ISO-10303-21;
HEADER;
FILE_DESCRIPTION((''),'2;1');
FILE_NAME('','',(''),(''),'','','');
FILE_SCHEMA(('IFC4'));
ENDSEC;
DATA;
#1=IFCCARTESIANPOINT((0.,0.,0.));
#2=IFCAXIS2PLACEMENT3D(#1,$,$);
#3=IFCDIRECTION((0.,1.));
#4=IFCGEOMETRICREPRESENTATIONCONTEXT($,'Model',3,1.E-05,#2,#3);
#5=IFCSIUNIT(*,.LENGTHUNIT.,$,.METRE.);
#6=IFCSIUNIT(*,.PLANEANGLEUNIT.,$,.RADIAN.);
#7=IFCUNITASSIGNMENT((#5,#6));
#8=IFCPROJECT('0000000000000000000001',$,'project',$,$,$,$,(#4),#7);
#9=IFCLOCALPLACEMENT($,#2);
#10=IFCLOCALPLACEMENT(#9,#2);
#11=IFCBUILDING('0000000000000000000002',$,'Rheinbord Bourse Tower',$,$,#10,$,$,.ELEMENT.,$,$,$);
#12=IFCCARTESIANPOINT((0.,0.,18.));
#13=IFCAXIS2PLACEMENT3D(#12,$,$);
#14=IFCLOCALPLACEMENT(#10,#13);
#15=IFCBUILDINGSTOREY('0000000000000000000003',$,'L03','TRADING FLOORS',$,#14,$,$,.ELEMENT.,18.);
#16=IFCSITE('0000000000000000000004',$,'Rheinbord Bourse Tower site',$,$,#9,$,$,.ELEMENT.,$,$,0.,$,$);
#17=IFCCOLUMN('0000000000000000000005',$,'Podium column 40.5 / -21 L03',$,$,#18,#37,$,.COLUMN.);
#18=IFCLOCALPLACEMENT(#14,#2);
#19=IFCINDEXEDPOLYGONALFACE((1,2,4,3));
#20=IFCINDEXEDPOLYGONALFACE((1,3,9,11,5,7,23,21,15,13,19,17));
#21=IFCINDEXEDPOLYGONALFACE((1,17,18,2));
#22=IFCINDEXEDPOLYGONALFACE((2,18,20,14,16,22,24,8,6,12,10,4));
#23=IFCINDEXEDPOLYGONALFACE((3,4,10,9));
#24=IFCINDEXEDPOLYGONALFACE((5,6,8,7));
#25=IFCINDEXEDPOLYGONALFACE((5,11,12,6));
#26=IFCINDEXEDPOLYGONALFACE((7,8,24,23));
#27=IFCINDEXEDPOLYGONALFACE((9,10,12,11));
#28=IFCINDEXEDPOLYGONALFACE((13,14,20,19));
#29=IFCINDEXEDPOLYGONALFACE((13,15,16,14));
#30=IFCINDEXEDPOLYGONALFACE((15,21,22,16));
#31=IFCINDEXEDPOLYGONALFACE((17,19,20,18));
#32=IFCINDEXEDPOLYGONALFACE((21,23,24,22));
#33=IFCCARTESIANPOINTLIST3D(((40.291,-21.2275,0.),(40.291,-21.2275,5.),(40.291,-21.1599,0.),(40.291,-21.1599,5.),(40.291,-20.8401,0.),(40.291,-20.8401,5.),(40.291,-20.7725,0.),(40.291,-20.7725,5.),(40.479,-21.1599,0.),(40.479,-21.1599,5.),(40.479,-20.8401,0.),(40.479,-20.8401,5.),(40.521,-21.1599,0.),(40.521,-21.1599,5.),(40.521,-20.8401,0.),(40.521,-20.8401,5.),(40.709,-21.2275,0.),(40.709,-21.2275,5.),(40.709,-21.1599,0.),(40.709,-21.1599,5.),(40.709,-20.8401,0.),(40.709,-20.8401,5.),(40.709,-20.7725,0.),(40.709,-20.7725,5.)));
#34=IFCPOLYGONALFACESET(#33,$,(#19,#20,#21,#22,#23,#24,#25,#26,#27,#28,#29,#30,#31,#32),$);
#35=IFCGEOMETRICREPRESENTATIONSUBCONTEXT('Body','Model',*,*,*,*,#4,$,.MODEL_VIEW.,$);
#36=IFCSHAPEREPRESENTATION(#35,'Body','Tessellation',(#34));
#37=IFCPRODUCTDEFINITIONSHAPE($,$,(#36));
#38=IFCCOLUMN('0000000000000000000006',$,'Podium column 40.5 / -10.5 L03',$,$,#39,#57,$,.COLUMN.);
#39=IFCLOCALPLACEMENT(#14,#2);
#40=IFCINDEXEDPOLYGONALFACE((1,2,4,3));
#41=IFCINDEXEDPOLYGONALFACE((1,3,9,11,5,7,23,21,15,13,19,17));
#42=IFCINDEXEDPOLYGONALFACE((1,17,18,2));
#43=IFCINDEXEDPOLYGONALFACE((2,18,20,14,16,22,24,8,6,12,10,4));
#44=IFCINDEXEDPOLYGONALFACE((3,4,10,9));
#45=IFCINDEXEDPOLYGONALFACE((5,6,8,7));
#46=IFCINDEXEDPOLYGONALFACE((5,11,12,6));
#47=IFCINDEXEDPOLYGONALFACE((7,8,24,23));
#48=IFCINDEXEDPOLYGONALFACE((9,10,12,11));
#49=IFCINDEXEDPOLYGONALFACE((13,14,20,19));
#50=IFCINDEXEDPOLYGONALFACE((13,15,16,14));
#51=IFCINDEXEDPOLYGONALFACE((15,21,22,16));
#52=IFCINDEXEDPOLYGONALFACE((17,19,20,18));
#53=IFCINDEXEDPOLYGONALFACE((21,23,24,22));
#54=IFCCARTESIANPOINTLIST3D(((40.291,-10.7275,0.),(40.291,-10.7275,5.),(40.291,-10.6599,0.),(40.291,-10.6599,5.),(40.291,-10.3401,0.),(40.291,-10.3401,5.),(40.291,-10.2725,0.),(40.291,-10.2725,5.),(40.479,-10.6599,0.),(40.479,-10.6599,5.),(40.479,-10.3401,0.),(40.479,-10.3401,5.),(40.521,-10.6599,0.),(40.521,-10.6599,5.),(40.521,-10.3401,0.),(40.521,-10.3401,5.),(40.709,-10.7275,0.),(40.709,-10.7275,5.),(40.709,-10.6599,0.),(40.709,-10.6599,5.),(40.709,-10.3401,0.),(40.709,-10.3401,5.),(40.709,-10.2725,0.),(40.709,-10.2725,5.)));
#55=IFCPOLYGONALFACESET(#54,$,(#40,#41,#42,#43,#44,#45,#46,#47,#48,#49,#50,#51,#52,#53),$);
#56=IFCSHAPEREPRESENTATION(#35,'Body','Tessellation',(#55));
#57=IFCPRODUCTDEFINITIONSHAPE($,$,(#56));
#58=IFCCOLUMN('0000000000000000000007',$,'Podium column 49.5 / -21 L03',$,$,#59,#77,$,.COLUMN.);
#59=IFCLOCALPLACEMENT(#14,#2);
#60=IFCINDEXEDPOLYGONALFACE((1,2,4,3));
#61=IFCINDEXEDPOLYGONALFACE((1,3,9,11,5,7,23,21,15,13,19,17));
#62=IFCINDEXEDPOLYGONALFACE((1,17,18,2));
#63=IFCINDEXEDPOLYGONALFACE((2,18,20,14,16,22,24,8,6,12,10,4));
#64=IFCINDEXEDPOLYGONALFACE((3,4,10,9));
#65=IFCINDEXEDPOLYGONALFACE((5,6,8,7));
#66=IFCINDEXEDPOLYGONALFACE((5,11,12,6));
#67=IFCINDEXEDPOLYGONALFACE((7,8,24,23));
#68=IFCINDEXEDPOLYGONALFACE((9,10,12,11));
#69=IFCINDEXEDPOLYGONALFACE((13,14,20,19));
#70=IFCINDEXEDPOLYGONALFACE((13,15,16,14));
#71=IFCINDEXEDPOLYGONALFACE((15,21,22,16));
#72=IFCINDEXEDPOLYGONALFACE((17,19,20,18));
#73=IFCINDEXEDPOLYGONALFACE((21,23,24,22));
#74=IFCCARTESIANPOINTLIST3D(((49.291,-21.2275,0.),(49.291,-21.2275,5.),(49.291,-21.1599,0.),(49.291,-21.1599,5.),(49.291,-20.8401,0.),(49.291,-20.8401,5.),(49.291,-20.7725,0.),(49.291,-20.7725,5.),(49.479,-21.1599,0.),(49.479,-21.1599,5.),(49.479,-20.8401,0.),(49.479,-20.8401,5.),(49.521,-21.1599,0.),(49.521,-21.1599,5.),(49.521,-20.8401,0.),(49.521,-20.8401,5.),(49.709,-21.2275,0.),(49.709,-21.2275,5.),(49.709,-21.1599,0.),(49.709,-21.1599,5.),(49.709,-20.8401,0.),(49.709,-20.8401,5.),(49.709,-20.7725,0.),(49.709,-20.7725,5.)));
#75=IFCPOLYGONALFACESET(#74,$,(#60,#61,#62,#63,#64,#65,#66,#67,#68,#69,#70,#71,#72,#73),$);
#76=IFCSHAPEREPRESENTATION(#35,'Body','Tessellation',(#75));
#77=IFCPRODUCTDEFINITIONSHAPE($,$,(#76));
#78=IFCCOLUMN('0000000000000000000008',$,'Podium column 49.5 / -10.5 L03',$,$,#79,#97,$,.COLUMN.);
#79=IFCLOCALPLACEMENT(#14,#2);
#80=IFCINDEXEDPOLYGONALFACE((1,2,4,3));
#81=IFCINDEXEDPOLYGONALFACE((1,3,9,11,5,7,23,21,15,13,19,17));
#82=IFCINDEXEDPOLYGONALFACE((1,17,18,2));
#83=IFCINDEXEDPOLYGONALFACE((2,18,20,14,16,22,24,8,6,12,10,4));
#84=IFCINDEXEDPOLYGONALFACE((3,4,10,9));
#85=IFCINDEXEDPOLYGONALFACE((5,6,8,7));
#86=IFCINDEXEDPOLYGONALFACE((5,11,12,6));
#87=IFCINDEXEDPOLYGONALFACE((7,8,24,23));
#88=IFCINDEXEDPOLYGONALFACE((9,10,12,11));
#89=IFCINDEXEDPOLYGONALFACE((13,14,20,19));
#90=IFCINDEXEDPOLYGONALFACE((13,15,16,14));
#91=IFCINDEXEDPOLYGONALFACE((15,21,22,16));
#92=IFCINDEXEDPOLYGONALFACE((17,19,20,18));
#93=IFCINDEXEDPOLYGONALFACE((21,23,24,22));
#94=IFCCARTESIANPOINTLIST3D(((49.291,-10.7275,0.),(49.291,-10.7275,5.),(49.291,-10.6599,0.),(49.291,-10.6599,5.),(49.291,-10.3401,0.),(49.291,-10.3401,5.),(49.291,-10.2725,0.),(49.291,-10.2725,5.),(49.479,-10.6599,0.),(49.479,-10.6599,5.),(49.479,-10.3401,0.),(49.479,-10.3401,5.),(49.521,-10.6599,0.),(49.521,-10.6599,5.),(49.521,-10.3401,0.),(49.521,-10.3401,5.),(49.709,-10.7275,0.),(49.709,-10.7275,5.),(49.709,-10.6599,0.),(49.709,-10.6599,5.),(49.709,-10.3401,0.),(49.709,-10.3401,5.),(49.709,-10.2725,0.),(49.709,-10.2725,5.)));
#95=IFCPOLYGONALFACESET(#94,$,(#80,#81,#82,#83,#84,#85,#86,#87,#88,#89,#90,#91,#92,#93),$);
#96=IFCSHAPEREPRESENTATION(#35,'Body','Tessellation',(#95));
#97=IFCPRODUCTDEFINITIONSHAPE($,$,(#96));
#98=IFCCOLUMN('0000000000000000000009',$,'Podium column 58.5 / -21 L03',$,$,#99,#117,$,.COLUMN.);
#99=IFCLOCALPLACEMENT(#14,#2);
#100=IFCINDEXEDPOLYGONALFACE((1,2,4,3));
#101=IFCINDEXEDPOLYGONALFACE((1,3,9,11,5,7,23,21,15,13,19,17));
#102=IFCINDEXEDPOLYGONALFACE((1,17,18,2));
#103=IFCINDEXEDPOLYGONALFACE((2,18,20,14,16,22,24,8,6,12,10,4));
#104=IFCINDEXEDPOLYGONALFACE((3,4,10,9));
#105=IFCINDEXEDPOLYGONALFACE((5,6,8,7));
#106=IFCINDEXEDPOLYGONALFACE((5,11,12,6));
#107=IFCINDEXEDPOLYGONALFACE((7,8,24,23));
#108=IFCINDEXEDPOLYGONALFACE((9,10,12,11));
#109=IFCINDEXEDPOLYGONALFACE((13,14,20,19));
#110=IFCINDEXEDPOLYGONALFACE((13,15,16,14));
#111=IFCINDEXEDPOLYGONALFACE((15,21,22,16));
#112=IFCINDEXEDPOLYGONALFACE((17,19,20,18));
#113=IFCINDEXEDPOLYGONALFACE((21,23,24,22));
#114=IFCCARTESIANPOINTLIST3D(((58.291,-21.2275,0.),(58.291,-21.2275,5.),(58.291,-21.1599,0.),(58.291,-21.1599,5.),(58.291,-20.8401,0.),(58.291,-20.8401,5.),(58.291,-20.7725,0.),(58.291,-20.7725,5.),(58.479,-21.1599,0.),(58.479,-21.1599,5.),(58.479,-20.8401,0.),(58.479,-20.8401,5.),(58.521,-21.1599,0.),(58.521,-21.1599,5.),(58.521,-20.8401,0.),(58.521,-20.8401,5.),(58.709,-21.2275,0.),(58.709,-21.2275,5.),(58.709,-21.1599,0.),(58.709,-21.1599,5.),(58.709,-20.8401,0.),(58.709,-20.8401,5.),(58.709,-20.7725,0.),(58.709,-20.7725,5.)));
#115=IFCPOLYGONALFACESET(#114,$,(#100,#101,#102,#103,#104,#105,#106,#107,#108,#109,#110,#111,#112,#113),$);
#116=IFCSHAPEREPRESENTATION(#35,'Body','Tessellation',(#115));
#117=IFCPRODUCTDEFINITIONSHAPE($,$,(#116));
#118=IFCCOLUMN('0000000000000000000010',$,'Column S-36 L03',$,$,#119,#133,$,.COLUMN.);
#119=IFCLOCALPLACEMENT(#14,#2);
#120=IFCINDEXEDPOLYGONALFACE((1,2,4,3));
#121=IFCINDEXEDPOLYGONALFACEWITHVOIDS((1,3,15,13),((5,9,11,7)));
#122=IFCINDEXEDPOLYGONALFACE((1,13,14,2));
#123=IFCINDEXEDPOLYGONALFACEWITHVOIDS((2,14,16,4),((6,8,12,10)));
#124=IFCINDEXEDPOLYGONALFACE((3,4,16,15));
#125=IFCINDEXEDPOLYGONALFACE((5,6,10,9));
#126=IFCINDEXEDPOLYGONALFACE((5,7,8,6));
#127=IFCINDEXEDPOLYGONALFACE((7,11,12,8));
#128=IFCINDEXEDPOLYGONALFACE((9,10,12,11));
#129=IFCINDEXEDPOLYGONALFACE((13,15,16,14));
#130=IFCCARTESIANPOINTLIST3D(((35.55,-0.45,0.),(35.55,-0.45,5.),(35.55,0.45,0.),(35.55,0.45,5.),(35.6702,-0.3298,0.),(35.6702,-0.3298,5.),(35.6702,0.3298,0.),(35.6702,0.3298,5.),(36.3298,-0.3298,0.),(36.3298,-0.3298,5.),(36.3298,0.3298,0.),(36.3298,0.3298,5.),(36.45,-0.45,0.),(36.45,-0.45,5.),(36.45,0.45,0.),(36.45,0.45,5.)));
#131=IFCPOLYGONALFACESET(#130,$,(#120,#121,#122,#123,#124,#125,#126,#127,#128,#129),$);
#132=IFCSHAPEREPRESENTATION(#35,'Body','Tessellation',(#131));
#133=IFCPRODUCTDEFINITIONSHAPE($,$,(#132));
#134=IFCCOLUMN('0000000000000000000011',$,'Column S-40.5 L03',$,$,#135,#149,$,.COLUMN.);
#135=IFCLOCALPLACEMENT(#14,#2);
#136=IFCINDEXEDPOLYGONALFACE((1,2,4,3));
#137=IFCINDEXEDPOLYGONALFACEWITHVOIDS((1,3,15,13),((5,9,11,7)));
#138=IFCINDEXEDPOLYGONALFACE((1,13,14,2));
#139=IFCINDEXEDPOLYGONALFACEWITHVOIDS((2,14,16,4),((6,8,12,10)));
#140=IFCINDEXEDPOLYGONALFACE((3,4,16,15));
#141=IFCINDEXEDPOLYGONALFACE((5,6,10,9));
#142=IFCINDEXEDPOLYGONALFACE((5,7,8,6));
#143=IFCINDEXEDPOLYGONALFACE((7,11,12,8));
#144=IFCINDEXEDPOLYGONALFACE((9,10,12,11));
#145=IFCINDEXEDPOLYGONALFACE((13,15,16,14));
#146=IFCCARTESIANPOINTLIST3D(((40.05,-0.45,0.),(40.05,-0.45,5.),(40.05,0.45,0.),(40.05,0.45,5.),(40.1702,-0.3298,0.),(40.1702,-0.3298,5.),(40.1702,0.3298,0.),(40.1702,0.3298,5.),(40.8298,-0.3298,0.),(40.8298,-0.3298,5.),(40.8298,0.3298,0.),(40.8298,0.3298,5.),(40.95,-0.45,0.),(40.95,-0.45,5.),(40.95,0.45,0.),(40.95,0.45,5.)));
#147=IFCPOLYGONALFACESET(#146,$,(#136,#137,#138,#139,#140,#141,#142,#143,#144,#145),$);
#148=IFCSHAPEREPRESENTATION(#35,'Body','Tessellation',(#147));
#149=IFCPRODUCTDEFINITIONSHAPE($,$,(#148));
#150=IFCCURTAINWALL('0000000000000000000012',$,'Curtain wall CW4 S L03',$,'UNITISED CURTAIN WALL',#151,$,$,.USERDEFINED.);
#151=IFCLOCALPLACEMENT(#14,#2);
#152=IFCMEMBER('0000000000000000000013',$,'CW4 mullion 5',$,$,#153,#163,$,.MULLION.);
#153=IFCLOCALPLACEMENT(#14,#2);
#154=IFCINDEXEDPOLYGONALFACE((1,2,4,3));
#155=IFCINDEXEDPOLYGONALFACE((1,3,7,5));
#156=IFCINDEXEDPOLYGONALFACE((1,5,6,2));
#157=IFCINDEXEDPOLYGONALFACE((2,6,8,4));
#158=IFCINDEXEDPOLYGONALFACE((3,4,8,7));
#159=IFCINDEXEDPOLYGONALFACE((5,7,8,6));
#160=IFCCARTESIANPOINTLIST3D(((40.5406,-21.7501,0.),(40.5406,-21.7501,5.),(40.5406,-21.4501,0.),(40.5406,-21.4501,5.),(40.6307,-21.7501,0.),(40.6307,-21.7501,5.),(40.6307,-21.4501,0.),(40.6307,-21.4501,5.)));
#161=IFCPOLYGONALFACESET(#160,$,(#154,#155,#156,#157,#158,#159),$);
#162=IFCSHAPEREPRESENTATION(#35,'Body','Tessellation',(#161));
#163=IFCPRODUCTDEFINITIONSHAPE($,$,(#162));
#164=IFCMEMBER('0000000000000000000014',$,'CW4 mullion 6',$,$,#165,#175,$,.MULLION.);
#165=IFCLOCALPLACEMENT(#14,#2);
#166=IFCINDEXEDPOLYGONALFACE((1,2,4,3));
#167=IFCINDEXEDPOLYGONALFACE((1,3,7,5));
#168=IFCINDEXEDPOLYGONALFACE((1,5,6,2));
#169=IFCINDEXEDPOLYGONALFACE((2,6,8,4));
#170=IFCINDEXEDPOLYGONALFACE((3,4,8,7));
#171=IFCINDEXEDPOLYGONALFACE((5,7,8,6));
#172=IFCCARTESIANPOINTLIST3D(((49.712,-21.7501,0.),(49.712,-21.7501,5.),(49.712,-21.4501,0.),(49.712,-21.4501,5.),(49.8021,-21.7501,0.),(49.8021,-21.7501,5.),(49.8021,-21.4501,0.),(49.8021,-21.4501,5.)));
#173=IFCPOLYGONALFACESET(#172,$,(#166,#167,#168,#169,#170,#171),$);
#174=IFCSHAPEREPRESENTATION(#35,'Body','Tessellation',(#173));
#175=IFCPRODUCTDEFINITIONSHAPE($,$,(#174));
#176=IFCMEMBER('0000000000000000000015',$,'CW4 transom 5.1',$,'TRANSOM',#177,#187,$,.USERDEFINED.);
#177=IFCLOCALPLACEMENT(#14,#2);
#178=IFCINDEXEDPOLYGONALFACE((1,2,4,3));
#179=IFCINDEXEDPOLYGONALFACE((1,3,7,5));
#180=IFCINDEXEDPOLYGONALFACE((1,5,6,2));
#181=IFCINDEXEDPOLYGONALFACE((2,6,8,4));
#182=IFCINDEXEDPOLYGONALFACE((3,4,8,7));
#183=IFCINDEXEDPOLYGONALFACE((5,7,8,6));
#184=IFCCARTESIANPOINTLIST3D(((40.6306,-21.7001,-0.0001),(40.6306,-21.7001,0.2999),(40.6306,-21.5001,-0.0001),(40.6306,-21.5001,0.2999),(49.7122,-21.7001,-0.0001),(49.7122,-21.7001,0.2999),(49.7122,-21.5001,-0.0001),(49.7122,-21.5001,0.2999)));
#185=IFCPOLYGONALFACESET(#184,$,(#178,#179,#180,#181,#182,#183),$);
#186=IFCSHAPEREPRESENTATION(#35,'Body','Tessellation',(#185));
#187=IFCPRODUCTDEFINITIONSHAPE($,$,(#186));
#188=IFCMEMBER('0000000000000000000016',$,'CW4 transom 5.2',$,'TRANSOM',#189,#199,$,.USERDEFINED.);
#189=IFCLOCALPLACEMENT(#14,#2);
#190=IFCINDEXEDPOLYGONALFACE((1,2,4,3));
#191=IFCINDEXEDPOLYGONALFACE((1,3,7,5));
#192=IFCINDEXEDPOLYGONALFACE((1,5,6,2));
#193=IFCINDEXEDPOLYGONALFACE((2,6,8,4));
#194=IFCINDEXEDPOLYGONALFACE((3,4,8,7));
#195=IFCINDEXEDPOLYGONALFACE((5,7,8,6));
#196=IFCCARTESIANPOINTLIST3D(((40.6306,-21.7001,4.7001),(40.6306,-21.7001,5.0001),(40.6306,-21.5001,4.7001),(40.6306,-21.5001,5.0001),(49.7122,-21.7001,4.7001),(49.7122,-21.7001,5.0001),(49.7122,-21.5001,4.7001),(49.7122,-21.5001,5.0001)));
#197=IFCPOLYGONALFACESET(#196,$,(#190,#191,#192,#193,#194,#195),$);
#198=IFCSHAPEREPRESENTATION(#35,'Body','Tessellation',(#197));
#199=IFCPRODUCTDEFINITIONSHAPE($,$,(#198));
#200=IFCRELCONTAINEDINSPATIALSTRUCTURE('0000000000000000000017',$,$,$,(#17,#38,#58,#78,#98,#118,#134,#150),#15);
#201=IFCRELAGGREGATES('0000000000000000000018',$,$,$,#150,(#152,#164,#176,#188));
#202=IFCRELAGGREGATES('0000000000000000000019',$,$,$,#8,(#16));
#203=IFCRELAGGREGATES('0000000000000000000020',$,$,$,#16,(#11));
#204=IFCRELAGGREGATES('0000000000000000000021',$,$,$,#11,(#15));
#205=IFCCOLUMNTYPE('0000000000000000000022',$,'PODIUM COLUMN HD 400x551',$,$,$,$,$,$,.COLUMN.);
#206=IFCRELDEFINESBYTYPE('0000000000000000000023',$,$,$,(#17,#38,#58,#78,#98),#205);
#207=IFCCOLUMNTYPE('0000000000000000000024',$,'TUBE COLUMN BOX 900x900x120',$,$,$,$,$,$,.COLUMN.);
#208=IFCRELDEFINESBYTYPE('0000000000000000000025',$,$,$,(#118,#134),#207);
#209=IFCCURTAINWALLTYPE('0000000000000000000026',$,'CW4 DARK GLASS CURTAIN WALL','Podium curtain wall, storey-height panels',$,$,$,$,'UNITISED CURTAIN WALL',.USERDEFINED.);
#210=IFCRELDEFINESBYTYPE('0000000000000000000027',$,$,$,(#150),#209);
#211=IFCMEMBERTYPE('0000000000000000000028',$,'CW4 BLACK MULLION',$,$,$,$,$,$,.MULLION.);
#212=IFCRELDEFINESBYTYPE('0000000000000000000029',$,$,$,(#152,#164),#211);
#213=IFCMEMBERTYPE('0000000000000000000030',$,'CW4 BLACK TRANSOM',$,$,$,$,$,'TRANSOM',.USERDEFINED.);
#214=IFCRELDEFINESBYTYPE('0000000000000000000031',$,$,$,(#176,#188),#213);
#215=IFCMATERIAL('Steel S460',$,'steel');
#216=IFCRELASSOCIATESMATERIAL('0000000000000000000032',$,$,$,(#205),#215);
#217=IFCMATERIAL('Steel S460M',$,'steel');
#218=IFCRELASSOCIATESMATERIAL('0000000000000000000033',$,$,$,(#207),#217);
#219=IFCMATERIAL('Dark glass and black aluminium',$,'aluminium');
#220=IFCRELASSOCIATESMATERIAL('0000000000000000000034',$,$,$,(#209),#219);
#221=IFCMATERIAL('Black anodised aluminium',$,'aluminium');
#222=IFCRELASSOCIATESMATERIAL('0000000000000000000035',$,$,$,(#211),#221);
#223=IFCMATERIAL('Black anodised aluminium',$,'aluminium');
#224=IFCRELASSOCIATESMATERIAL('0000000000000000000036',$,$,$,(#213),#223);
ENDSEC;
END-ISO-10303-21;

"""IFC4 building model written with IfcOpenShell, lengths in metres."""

from ifc_helpers import new_model, si_unit, direction, frame, origin, origin_2d, place, context, subcontext, project, spatial, rectangle, hollow_rectangle, i_section, extrude, material, material_profile, profile_set, type_object, element, aggregate, save


model = new_model("IFC4")

# Units and contexts
model_context = context("Model", 3, precision=1e-05, world=origin(), true_north=direction((0.0, 1.0)))
body_context = subcontext(model_context, "Body", "Model", "MODEL_VIEW")
ifc_project = project(units=[si_unit("LENGTHUNIT", "METRE"), si_unit("PLANEANGLEUNIT", "RADIAN")], contexts=[model_context])

# Site, building, storey
site_placement = place(None, origin())
site = spatial("IfcSite", under=ifc_project, at=site_placement, Name="Rheinbord Bourse Tower site", CompositionType="ELEMENT", RefElevation=0.0)
building_placement = place(site_placement, origin())
building = spatial("IfcBuilding", under=site, at=building_placement, Name="Rheinbord Bourse Tower", CompositionType="ELEMENT")
storey_placement = place(building_placement, frame((0.0, 0.0, 18.0)))
storey = spatial("IfcBuildingStorey", under=building, at=storey_placement, Name="L03", Description="TRADING FLOORS", CompositionType="ELEMENT", Elevation=18.0)

# Columns
ifc_material_1 = material(Name="Steel S460", Category="steel")
ifc_material_profile_1 = material_profile(ifc_material_1, i_section(OverallWidth=0.418, OverallDepth=0.4551, WebThickness=0.042, FlangeThickness=0.0676, at=origin_2d()), Name="HD 400x551")
ifc_profile_set_1 = profile_set([ifc_material_profile_1], Name="Steel S460")
column_type_1 = type_object("IfcColumnType", Name="PODIUM COLUMN HD 400x551", PredefinedType="COLUMN", material=ifc_profile_set_1)
for number, where, z_axis, x_axis, name in (
    (1, (40.5, -21.0, 0.0), (0.0, 0.0, 1.0), (1.0, 0.0, 0.0), "Podium column 40.5 / -21 L03"),
    (2, (40.5, -10.5, 0.0), (0.0, 0.0, 1.0), (1.0, 0.0, 0.0), "Podium column 40.5 / -10.5 L03"),
    (3, (49.5, -21.0, 0.0), (0.0, 0.0, 1.0), (1.0, 0.0, 0.0), "Podium column 49.5 / -21 L03"),
    (4, (49.5, -10.5, 0.0), (0.0, 0.0, 1.0), (1.0, 0.0, 0.0), "Podium column 49.5 / -10.5 L03"),
    (5, (58.5, -21.0, 0.0), (0.0, 0.0, 1.0), (1.0, 0.0, 0.0), "Podium column 58.5 / -21 L03"),
):
    element("IfcColumn", number, at=place(storey_placement, frame(where, z_axis=z_axis, x_axis=x_axis)), inside=storey, type_object=column_type_1, Name=name, PredefinedType="COLUMN", context=body_context, shape_type="SweptSolid", body=[
        extrude(i_section(OverallWidth=0.418, OverallDepth=0.4551, WebThickness=0.042, FlangeThickness=0.0676, at=origin_2d()), origin(), (0.0, 0.0, 1.0), 5.0),
    ])
ifc_material_2 = material(Name="Steel S460M", Category="steel")
ifc_material_profile_2 = material_profile(ifc_material_2, hollow_rectangle(XDim=0.8999, YDim=0.8999, WallThickness=0.1201, at=origin_2d()), Name="BOX 900x900x120")
ifc_profile_set_2 = profile_set([ifc_material_profile_2], Name="Steel S460M")
column_type_2 = type_object("IfcColumnType", Name="TUBE COLUMN BOX 900x900x120", PredefinedType="COLUMN", material=ifc_profile_set_2)
for number, where, z_axis, x_axis, name in (
    (6, (36.0, 0.0, 0.0), (0.0, 0.0, 1.0), (0.0, 1.0, 0.0), "Column S-36 L03"),
    (7, (40.5, 0.0, 0.0), (0.0, 0.0, 1.0), (0.0, 1.0, 0.0), "Column S-40.5 L03"),
):
    element("IfcColumn", number, at=place(storey_placement, frame(where, z_axis=z_axis, x_axis=x_axis)), inside=storey, type_object=column_type_2, Name=name, PredefinedType="COLUMN", context=body_context, shape_type="SweptSolid", body=[
        extrude(hollow_rectangle(XDim=0.8999, YDim=0.8999, WallThickness=0.1201, at=origin_2d()), origin(), (0.0, 0.0, 1.0), 5.0),
    ])

# Curtain wall, members
ifc_material_3 = material(Name="Dark glass and black aluminium", Category="aluminium")
curtain_wall_type = type_object("IfcCurtainWallType", Name="CW4 DARK GLASS CURTAIN WALL", Description="Podium curtain wall, storey-height panels", ElementType="UNITISED CURTAIN WALL", PredefinedType="USERDEFINED", material=ifc_material_3)
curtain_wall_placement = place(storey_placement, origin())
curtain_wall = element("IfcCurtainWall", 8, at=curtain_wall_placement, inside=storey, type_object=curtain_wall_type, Name="Curtain wall CW4 S L03", ObjectType="UNITISED CURTAIN WALL", PredefinedType="USERDEFINED")
ifc_material_4 = material(Name="Black anodised aluminium", Category="aluminium")
ifc_material_profile_3 = material_profile(ifc_material_4, rectangle(XDim=0.3, YDim=0.0901, at=origin_2d()), Name="CW4 MULLION 90x300")
ifc_profile_set_3 = profile_set([ifc_material_profile_3], Name="Black anodised aluminium")
member_type_1 = type_object("IfcMemberType", Name="CW4 BLACK MULLION", PredefinedType="MULLION", material=ifc_profile_set_3)
member_1_placement = place(storey_placement, frame((40.5857, -21.6001, 0.0), z_axis=(0.0, 0.0, 1.0), x_axis=(0.0, 1.0, 0.0)))
member_1 = element("IfcMember", 9, at=member_1_placement, type_object=member_type_1, Name="CW4 mullion 5", PredefinedType="MULLION", context=body_context, shape_type="SweptSolid", body=[
    extrude(rectangle(XDim=0.3, YDim=0.0901, at=origin_2d()), origin(), (0.0, 0.0, 1.0), 5.0),
])
member_2_placement = place(storey_placement, frame((49.7571, -21.6001, 0.0), z_axis=(0.0, 0.0, 1.0), x_axis=(0.0, 1.0, 0.0)))
member_2 = element("IfcMember", 10, at=member_2_placement, type_object=member_type_1, Name="CW4 mullion 6", PredefinedType="MULLION", context=body_context, shape_type="SweptSolid", body=[
    extrude(rectangle(XDim=0.3, YDim=0.0901, at=origin_2d()), origin(), (0.0, 0.0, 1.0), 5.0),
])
ifc_material_5 = material(Name="Black anodised aluminium", Category="aluminium")
ifc_material_profile_4 = material_profile(ifc_material_5, rectangle(XDim=0.2, YDim=0.3, at=origin_2d()), Name="CW4 TRANSOM 300x200")
ifc_profile_set_4 = profile_set([ifc_material_profile_4], Name="Black anodised aluminium")
member_type_2 = type_object("IfcMemberType", Name="CW4 BLACK TRANSOM", ElementType="TRANSOM", PredefinedType="USERDEFINED", material=ifc_profile_set_4)
member_3_placement = place(storey_placement, frame((40.6306, -21.6001, 0.1499), z_axis=(1.0, 0.0, 0.0), x_axis=(0.0, 1.0, 0.0)))
member_3 = element("IfcMember", 11, at=member_3_placement, type_object=member_type_2, Name="CW4 transom 5.1", ObjectType="TRANSOM", PredefinedType="USERDEFINED", context=body_context, shape_type="SweptSolid", body=[
    extrude(rectangle(XDim=0.2, YDim=0.3, at=origin_2d()), origin(), (0.0, 0.0, 1.0), 9.0815),
])
member_4_placement = place(storey_placement, frame((40.6306, -21.6001, 4.8501), z_axis=(1.0, 0.0, 0.0), x_axis=(0.0, 1.0, 0.0)))
member_4 = element("IfcMember", 12, at=member_4_placement, type_object=member_type_2, Name="CW4 transom 5.2", ObjectType="TRANSOM", PredefinedType="USERDEFINED", context=body_context, shape_type="SweptSolid", body=[
    extrude(rectangle(XDim=0.2, YDim=0.3, at=origin_2d()), origin(), (0.0, 0.0, 1.0), 9.0815),
])

aggregate(curtain_wall, [member_1, member_2, member_3, member_4])

save(model, "model.ifc")
